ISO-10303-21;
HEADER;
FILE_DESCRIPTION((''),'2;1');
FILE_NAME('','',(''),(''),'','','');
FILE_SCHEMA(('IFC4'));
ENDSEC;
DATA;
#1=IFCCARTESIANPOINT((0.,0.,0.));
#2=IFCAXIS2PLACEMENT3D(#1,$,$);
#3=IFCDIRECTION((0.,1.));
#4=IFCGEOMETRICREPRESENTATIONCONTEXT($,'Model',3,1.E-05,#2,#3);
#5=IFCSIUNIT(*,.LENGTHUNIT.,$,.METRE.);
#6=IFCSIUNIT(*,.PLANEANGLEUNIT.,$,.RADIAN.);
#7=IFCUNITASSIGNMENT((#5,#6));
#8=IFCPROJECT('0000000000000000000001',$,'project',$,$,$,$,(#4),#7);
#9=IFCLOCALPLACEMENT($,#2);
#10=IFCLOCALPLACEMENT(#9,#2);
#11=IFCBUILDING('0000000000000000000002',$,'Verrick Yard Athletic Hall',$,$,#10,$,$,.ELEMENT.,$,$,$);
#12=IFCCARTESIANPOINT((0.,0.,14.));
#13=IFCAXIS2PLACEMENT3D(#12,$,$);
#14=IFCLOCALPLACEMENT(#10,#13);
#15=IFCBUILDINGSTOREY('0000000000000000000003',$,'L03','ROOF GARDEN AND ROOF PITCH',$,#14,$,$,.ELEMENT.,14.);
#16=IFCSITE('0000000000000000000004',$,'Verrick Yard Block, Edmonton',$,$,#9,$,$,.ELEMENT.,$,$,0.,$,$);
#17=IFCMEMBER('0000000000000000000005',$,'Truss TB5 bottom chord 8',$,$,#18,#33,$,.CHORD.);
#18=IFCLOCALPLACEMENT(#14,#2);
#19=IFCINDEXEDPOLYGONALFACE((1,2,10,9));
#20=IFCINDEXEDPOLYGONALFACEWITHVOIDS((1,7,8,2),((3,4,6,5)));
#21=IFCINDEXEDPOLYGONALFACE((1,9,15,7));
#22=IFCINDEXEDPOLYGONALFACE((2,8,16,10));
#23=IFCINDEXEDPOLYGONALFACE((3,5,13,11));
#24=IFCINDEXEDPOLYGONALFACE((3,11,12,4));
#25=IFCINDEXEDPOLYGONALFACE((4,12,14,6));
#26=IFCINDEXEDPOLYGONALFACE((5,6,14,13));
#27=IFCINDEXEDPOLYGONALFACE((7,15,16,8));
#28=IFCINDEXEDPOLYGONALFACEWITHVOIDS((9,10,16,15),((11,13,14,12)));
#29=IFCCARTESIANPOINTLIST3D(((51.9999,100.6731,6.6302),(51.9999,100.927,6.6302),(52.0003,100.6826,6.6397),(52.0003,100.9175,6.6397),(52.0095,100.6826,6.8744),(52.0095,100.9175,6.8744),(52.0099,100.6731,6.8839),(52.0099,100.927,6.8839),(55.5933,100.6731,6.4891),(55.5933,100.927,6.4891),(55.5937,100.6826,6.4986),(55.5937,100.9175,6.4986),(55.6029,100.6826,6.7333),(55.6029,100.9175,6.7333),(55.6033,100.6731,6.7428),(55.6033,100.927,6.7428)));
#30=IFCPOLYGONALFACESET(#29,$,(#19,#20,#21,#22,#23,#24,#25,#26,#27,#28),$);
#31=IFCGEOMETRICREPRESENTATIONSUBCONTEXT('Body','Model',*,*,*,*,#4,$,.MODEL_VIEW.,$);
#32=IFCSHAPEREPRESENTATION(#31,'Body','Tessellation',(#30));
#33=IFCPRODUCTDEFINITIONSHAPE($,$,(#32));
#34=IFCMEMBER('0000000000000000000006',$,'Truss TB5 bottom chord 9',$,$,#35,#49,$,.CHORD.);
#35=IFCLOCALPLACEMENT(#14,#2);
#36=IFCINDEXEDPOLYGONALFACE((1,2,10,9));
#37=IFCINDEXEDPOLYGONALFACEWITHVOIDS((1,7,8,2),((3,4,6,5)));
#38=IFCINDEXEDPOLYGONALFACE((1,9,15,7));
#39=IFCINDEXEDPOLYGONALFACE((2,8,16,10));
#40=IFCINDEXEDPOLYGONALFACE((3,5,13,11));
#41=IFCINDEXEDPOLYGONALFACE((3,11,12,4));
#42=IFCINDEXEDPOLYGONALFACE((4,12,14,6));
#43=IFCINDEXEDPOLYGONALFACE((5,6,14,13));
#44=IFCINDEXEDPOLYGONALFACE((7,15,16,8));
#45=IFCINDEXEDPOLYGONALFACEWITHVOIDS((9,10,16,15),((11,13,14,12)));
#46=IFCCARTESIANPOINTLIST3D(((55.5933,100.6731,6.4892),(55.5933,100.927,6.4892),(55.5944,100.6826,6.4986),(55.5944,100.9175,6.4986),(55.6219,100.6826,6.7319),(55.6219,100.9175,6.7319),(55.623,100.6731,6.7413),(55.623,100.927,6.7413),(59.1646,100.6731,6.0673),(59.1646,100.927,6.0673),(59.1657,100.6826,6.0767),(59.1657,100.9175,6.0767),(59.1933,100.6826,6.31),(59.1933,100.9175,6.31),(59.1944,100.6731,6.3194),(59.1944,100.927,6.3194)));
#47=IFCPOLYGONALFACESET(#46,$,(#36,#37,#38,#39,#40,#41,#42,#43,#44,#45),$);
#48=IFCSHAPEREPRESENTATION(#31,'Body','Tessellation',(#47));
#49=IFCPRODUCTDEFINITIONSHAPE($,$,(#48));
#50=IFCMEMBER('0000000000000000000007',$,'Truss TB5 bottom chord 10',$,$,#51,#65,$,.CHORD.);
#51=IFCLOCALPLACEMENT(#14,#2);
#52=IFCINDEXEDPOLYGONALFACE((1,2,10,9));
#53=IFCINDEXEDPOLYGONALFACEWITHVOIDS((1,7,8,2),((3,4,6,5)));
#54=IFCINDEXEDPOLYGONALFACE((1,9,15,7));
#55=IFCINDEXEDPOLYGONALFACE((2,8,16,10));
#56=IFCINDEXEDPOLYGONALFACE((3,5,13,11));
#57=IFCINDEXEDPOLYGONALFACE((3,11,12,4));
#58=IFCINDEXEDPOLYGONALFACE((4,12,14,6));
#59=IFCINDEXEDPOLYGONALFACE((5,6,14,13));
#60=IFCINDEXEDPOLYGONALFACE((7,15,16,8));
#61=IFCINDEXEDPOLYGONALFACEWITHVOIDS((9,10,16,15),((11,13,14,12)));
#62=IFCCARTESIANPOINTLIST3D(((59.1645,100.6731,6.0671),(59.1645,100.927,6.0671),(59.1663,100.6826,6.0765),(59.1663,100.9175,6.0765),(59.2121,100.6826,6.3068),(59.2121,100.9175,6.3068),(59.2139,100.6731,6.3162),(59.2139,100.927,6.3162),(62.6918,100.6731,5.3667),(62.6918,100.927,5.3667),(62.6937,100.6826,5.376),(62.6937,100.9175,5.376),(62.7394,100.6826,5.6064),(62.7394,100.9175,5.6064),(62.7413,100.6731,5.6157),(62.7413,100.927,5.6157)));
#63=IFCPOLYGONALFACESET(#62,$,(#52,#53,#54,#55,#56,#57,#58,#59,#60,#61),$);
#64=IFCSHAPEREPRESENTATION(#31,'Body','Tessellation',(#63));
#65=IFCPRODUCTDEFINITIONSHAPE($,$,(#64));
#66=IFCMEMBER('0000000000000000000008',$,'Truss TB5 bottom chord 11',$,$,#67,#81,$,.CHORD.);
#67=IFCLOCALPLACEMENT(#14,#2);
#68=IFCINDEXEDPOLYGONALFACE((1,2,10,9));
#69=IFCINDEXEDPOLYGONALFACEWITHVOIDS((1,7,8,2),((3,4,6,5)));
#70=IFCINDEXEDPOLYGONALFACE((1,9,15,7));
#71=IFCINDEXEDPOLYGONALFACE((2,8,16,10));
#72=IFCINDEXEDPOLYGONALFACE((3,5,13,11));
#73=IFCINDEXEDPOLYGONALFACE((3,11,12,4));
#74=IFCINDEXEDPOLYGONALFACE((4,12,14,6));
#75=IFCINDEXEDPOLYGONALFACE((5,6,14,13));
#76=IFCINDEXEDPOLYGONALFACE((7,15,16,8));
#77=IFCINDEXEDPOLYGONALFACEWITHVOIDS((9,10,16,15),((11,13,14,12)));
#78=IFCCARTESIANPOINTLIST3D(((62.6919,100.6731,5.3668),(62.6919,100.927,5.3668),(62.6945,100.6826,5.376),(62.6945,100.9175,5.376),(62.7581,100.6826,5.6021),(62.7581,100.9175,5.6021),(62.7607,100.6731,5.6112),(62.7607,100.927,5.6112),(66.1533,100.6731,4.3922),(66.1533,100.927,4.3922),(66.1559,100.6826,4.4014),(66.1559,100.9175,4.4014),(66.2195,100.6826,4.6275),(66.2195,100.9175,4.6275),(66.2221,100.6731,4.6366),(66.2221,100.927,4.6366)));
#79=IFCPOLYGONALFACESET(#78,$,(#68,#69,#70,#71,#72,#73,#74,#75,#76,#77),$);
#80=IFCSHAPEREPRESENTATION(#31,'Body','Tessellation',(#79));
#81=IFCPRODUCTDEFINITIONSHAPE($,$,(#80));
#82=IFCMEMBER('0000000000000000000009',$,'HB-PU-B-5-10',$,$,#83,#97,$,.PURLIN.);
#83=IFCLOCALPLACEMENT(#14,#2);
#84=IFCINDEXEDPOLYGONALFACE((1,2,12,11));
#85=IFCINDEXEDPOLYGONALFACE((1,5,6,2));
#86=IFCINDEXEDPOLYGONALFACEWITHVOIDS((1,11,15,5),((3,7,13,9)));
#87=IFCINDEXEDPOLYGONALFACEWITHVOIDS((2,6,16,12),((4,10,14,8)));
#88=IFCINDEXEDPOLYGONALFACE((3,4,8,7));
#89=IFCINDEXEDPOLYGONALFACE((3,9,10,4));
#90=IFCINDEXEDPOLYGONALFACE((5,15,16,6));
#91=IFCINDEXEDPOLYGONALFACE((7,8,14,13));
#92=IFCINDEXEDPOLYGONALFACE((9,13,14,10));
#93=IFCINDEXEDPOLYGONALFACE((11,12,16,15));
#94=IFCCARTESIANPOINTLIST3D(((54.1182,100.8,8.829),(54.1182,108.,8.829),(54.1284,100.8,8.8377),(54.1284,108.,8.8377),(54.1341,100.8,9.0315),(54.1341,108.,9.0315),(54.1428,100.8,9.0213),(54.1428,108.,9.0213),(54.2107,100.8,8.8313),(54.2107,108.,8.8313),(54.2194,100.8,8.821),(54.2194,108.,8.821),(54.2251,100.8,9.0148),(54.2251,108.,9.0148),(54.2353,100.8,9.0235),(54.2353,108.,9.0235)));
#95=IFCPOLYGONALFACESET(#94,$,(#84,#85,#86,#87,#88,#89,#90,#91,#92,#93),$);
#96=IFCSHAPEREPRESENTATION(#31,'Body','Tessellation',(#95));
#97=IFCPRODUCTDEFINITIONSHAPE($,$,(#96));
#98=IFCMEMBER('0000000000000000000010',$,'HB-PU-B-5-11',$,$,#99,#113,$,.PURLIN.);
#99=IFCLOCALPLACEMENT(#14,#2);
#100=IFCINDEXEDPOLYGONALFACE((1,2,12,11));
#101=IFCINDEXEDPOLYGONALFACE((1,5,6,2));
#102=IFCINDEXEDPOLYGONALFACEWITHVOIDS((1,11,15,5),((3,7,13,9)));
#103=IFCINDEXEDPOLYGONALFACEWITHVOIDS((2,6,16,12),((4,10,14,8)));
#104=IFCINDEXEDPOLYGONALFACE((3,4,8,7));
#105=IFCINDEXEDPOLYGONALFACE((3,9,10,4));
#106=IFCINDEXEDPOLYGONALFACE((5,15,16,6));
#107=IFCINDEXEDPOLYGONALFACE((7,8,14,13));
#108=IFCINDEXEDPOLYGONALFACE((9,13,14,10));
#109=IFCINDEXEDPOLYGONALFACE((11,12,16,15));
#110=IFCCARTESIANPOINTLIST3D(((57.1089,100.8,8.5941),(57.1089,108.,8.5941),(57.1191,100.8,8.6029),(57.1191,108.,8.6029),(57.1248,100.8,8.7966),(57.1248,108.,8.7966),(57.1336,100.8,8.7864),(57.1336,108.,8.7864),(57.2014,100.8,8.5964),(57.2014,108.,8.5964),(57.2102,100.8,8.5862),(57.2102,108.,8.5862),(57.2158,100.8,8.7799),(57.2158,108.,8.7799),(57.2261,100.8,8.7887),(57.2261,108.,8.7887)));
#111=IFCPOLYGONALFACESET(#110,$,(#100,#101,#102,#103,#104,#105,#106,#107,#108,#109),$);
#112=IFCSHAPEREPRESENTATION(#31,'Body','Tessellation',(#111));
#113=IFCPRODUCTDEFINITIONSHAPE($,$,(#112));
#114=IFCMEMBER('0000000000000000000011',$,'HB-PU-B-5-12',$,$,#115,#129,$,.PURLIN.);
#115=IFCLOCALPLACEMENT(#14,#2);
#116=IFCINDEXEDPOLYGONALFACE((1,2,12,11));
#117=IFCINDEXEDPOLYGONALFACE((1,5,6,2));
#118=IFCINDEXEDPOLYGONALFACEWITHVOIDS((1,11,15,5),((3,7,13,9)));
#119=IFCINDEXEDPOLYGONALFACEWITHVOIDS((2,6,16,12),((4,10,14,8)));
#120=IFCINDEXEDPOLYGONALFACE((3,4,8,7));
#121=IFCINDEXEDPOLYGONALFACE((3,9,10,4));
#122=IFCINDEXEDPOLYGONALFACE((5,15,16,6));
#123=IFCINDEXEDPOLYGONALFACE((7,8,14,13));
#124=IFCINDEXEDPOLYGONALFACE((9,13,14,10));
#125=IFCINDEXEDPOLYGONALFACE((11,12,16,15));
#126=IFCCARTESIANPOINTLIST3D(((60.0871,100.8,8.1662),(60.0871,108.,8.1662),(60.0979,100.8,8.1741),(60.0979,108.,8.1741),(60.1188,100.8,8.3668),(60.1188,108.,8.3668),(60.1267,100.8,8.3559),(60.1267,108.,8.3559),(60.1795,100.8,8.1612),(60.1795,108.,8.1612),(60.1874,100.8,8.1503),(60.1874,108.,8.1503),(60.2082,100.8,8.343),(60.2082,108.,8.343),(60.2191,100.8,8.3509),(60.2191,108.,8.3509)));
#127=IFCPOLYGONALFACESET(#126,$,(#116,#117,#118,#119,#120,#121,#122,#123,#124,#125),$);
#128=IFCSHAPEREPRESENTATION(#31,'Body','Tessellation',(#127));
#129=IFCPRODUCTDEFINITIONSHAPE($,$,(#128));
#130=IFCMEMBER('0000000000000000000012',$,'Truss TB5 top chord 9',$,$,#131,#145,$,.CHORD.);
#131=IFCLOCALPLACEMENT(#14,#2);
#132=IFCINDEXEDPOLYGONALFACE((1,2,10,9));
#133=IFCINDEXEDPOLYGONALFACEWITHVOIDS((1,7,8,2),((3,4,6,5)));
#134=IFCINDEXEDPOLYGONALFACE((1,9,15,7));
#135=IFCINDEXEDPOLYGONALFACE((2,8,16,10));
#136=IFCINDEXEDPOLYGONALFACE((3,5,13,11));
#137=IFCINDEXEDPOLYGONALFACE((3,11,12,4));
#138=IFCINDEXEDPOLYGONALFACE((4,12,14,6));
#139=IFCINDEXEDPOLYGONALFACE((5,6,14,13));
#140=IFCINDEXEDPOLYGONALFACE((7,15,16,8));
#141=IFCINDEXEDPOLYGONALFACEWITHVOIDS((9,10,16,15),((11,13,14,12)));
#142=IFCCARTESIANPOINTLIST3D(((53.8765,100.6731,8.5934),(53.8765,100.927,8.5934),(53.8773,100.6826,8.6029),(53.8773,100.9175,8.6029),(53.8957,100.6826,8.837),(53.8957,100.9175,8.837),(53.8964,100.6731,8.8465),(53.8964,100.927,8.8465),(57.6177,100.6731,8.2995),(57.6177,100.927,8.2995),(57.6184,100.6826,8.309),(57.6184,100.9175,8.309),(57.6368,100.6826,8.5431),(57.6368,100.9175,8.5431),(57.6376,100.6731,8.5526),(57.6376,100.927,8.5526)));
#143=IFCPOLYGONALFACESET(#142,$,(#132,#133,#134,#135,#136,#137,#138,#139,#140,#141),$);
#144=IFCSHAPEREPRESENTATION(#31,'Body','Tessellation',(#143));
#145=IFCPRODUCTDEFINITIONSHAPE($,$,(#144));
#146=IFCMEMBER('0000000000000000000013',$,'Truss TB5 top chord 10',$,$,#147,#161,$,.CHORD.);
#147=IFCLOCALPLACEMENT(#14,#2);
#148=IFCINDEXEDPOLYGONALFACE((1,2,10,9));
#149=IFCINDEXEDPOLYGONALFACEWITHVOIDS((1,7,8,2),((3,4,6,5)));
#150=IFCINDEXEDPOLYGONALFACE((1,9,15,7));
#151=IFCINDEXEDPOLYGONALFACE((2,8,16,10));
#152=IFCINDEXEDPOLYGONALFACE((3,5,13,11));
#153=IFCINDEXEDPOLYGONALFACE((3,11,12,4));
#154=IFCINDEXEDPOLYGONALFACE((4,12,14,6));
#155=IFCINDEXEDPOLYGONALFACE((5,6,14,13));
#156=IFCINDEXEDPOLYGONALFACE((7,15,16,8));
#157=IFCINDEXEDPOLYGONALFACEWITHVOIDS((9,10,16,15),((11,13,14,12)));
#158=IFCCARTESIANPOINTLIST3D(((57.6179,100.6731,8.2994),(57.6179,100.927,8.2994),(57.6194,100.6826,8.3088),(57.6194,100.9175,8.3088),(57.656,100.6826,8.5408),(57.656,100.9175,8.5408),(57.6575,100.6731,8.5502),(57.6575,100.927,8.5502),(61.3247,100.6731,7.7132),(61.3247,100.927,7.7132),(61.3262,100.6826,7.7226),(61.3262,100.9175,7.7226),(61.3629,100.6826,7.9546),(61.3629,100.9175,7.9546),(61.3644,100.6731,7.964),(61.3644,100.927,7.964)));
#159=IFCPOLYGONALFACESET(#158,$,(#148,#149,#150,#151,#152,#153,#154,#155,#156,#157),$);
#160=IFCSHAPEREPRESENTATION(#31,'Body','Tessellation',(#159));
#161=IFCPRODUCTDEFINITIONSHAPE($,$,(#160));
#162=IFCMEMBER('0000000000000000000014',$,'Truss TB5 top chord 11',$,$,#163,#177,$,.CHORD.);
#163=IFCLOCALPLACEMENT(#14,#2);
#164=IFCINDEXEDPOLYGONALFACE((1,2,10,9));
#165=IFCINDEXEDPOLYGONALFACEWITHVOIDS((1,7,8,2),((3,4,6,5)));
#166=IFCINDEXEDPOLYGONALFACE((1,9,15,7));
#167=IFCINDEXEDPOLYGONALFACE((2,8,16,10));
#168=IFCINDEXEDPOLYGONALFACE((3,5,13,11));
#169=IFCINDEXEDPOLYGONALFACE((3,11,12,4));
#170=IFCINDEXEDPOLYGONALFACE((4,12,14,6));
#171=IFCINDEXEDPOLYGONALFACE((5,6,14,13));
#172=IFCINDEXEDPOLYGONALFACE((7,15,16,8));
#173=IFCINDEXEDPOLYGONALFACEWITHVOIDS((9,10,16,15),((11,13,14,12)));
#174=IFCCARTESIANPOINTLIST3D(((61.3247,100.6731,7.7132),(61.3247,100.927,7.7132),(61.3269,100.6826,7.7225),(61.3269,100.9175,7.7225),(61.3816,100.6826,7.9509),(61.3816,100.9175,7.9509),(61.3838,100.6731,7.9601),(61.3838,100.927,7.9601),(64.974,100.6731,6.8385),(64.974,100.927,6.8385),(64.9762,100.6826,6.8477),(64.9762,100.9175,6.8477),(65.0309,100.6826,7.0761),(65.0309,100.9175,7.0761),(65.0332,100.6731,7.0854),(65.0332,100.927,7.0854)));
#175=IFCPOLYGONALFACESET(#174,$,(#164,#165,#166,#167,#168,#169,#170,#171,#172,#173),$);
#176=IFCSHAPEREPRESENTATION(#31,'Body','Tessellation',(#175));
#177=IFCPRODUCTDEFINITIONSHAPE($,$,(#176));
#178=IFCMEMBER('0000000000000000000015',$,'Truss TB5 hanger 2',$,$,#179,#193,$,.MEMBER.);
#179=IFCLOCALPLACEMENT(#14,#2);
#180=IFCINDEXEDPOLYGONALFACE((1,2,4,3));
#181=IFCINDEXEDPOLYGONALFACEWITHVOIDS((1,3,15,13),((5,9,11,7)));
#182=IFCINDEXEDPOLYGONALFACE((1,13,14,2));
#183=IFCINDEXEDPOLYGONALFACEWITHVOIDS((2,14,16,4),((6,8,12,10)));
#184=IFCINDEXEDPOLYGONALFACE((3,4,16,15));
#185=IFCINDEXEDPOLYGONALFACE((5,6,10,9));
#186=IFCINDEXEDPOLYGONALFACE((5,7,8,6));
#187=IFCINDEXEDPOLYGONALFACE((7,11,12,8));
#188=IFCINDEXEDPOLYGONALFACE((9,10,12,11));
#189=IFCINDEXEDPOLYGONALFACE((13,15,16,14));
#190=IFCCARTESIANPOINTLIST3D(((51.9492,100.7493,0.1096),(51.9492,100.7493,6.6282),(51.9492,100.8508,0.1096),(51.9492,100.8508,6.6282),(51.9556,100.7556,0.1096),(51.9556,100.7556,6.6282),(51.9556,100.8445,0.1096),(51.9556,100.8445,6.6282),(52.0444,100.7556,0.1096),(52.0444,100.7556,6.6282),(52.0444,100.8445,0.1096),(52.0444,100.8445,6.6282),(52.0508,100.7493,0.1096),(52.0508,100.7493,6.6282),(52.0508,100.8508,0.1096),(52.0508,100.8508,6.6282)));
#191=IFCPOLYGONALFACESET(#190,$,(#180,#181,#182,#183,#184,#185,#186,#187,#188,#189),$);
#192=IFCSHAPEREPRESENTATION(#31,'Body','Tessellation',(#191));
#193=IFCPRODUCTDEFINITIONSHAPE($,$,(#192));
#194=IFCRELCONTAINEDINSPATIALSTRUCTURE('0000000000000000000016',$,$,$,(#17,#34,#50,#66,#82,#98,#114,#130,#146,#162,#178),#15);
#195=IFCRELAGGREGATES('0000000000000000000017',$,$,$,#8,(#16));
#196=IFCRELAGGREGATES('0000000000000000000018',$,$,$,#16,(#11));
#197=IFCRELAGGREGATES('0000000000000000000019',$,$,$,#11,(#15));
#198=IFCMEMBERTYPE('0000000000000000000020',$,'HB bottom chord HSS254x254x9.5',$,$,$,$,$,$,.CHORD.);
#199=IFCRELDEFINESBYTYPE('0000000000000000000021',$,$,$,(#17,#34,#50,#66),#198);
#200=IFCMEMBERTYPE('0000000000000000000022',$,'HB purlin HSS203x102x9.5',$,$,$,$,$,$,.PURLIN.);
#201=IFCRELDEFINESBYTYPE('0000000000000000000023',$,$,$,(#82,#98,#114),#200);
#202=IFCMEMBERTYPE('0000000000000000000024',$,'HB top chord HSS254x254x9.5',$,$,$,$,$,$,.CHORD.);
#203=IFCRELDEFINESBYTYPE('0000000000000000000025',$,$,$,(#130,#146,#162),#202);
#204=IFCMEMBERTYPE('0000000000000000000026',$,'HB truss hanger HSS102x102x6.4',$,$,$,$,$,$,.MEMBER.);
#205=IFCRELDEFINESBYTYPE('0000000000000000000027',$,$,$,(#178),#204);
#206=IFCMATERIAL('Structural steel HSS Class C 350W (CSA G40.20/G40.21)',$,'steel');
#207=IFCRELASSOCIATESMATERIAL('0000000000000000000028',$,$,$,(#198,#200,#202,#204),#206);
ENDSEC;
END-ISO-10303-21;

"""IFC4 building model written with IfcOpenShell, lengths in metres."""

from ifc_helpers import new_model, si_unit, direction, frame, origin, origin_2d, place, context, subcontext, project, spatial, hollow_rectangle, extrude, material, material_profile, profile_set, type_object, element, save


model = new_model("IFC4")

# Units and contexts
model_context = context("Model", 3, precision=1e-05, world=origin(), true_north=direction((0.0, 1.0)))
body_context = subcontext(model_context, "Body", "Model", "MODEL_VIEW")
ifc_project = project(units=[si_unit("LENGTHUNIT", "METRE"), si_unit("PLANEANGLEUNIT", "RADIAN")], contexts=[model_context])

# Site, building, storey
site_placement = place(None, origin())
site = spatial("IfcSite", under=ifc_project, at=site_placement, Name="Verrick Yard Block, Edmonton", CompositionType="ELEMENT", RefElevation=0.0)
building_placement = place(site_placement, origin())
building = spatial("IfcBuilding", under=site, at=building_placement, Name="Verrick Yard Athletic Hall", CompositionType="ELEMENT")
storey_placement = place(building_placement, frame((0.0, 0.0, 14.0)))
storey = spatial("IfcBuildingStorey", under=building, at=storey_placement, Name="L03", Description="ROOF GARDEN AND ROOF PITCH", CompositionType="ELEMENT", Elevation=14.0)

# Members
ifc_material_1 = material(Name="Structural steel HSS Class C 350W (CSA G40.20/G40.21)", Category="steel")
ifc_material_profile_1 = material_profile(ifc_material_1, hollow_rectangle(XDim=0.2539, YDim=0.2539, WallThickness=0.0095, at=origin_2d()), Name="HSS254x254x9.5")
ifc_profile_set_1 = profile_set([ifc_material_profile_1], Name="Structural steel HSS Class C 350W (CSA G40.20/G40.21)")
member_type_1 = type_object("IfcMemberType", Name="HB bottom chord HSS254x254x9.5", PredefinedType="CHORD", material=ifc_profile_set_1)
for number, where, z_axis, x_axis, name in (
    (1, (52.0049, 100.8, 6.7571), (0.99923, 0.0, -0.039239), (0.0, 1.0, 0.0), "Truss TB5 bottom chord 8"),
    (2, (55.6082, 100.8, 6.6152), (0.993095, 0.0, -0.117314), (0.0, 1.0, 0.0), "Truss TB5 bottom chord 9"),
    (3, (59.1892, 100.8, 6.1917), (0.980849, 0.0, -0.194771), (0.0, 1.0, 0.0), "Truss TB5 bottom chord 10"),
):
    element("IfcMember", number, at=place(storey_placement, frame(where, z_axis=z_axis, x_axis=x_axis)), inside=storey, type_object=member_type_1, Name=name, PredefinedType="CHORD", context=body_context, shape_type="SweptSolid", body=[
        extrude(hollow_rectangle(XDim=0.2539, YDim=0.2539, WallThickness=0.0095, at=origin_2d()), origin(), (0.0, 0.0, 1.0), 3.5962),
    ])
member_1_placement = place(storey_placement, frame((62.7263, 100.8, 5.489), z_axis=(0.962572, 0.0, -0.271025), x_axis=(0.0, 1.0, 0.0)))
element("IfcMember", 4, at=member_1_placement, inside=storey, type_object=member_type_1, Name="Truss TB5 bottom chord 11", PredefinedType="CHORD", context=body_context, shape_type="SweptSolid", body=[
    extrude(hollow_rectangle(XDim=0.2539, YDim=0.2539, WallThickness=0.0095, at=origin_2d()), origin(), (0.0, 0.0, 1.0), 3.5959),
])
ifc_material_profile_2 = material_profile(ifc_material_1, hollow_rectangle(XDim=0.1016, YDim=0.2031, WallThickness=0.0095, at=origin_2d()), Name="HSS203x102x9.5")
ifc_profile_set_2 = profile_set([ifc_material_profile_2], Name="Structural steel HSS Class C 350W (CSA G40.20/G40.21)")
member_type_2 = type_object("IfcMemberType", Name="HB purlin HSS203x102x9.5", PredefinedType="PURLIN", material=ifc_profile_set_2)
for number, where, z_axis, x_axis, name in (
    (5, (54.1768, 100.8, 8.9263), (0.0, 1.0, 0.0), (-0.996927, 0.0, 0.078332), "HB-PU-B-5-10"),
    (6, (57.1675, 100.8, 8.6914), (0.0, 1.0, 0.0), (-0.996927, 0.0, 0.078332), "HB-PU-B-5-11"),
    (7, (60.1531, 100.8, 8.2585), (0.0, 1.0, 0.0), (-0.987728, 0.0, 0.156183), "HB-PU-B-5-12"),
):
    element("IfcMember", number, at=place(storey_placement, frame(where, z_axis=z_axis, x_axis=x_axis)), inside=storey, type_object=member_type_2, Name=name, PredefinedType="PURLIN", context=body_context, shape_type="SweptSolid", body=[
        extrude(hollow_rectangle(XDim=0.1016, YDim=0.2031, WallThickness=0.0095, at=origin_2d()), origin(), (0.0, 0.0, 1.0), 7.2),
    ])
ifc_material_profile_3 = material_profile(ifc_material_1, hollow_rectangle(XDim=0.2539, YDim=0.2539, WallThickness=0.0095, at=origin_2d()), Name="HSS254x254x9.5")
ifc_profile_set_3 = profile_set([ifc_material_profile_3], Name="Structural steel HSS Class C 350W (CSA G40.20/G40.21)")
member_type_3 = type_object("IfcMemberType", Name="HB top chord HSS254x254x9.5", PredefinedType="CHORD", material=ifc_profile_set_3)
member_2_placement = place(storey_placement, frame((53.8865, 100.8, 8.72), z_axis=(0.996928, 0.0, -0.078328), x_axis=(0.0, 1.0, 0.0)))
element("IfcMember", 8, at=member_2_placement, inside=storey, type_object=member_type_3, Name="Truss TB5 top chord 9", PredefinedType="CHORD", context=body_context, shape_type="SweptSolid", body=[
    extrude(hollow_rectangle(XDim=0.2539, YDim=0.2539, WallThickness=0.0095, at=origin_2d()), origin(), (0.0, 0.0, 1.0), 3.7527),
])
member_3_placement = place(storey_placement, frame((57.6377, 100.8, 8.4248), z_axis=(0.987726, 0.0, -0.156196), x_axis=(0.0, 1.0, 0.0)))
element("IfcMember", 9, at=member_3_placement, inside=storey, type_object=member_type_3, Name="Truss TB5 top chord 10", PredefinedType="CHORD", context=body_context, shape_type="SweptSolid", body=[
    extrude(hollow_rectangle(XDim=0.2539, YDim=0.2539, WallThickness=0.0095, at=origin_2d()), origin(), (0.0, 0.0, 1.0), 3.7529),
])
member_4_placement = place(storey_placement, frame((61.3542, 100.8, 7.8367), z_axis=(0.972454, 0.0, -0.233095), x_axis=(0.0, 1.0, 0.0)))
element("IfcMember", 10, at=member_4_placement, inside=storey, type_object=member_type_3, Name="Truss TB5 top chord 11", PredefinedType="CHORD", context=body_context, shape_type="SweptSolid", body=[
    extrude(hollow_rectangle(XDim=0.2539, YDim=0.2539, WallThickness=0.0095, at=origin_2d()), origin(), (0.0, 0.0, 1.0), 3.7527),
])
ifc_material_profile_4 = material_profile(ifc_material_1, hollow_rectangle(XDim=0.1016, YDim=0.1016, WallThickness=0.0063, at=origin_2d()), Name="HSS102x102x6.4")
ifc_profile_set_4 = profile_set([ifc_material_profile_4], Name="Structural steel HSS Class C 350W (CSA G40.20/G40.21)")
member_type_4 = type_object("IfcMemberType", Name="HB truss hanger HSS102x102x6.4", PredefinedType="MEMBER", material=ifc_profile_set_4)
member_5_placement = place(storey_placement, frame((52.0, 100.8, 6.6282), z_axis=(0.0, 0.0, -1.0), x_axis=(0.0, -1.0, 0.0)))
element("IfcMember", 11, at=member_5_placement, inside=storey, type_object=member_type_4, Name="Truss TB5 hanger 2", PredefinedType="MEMBER", context=body_context, shape_type="SweptSolid", body=[
    extrude(hollow_rectangle(XDim=0.1016, YDim=0.1016, WallThickness=0.0063, at=origin_2d()), origin(), (0.0, 0.0, 1.0), 6.5186),
])

save(model, "model.ifc")
